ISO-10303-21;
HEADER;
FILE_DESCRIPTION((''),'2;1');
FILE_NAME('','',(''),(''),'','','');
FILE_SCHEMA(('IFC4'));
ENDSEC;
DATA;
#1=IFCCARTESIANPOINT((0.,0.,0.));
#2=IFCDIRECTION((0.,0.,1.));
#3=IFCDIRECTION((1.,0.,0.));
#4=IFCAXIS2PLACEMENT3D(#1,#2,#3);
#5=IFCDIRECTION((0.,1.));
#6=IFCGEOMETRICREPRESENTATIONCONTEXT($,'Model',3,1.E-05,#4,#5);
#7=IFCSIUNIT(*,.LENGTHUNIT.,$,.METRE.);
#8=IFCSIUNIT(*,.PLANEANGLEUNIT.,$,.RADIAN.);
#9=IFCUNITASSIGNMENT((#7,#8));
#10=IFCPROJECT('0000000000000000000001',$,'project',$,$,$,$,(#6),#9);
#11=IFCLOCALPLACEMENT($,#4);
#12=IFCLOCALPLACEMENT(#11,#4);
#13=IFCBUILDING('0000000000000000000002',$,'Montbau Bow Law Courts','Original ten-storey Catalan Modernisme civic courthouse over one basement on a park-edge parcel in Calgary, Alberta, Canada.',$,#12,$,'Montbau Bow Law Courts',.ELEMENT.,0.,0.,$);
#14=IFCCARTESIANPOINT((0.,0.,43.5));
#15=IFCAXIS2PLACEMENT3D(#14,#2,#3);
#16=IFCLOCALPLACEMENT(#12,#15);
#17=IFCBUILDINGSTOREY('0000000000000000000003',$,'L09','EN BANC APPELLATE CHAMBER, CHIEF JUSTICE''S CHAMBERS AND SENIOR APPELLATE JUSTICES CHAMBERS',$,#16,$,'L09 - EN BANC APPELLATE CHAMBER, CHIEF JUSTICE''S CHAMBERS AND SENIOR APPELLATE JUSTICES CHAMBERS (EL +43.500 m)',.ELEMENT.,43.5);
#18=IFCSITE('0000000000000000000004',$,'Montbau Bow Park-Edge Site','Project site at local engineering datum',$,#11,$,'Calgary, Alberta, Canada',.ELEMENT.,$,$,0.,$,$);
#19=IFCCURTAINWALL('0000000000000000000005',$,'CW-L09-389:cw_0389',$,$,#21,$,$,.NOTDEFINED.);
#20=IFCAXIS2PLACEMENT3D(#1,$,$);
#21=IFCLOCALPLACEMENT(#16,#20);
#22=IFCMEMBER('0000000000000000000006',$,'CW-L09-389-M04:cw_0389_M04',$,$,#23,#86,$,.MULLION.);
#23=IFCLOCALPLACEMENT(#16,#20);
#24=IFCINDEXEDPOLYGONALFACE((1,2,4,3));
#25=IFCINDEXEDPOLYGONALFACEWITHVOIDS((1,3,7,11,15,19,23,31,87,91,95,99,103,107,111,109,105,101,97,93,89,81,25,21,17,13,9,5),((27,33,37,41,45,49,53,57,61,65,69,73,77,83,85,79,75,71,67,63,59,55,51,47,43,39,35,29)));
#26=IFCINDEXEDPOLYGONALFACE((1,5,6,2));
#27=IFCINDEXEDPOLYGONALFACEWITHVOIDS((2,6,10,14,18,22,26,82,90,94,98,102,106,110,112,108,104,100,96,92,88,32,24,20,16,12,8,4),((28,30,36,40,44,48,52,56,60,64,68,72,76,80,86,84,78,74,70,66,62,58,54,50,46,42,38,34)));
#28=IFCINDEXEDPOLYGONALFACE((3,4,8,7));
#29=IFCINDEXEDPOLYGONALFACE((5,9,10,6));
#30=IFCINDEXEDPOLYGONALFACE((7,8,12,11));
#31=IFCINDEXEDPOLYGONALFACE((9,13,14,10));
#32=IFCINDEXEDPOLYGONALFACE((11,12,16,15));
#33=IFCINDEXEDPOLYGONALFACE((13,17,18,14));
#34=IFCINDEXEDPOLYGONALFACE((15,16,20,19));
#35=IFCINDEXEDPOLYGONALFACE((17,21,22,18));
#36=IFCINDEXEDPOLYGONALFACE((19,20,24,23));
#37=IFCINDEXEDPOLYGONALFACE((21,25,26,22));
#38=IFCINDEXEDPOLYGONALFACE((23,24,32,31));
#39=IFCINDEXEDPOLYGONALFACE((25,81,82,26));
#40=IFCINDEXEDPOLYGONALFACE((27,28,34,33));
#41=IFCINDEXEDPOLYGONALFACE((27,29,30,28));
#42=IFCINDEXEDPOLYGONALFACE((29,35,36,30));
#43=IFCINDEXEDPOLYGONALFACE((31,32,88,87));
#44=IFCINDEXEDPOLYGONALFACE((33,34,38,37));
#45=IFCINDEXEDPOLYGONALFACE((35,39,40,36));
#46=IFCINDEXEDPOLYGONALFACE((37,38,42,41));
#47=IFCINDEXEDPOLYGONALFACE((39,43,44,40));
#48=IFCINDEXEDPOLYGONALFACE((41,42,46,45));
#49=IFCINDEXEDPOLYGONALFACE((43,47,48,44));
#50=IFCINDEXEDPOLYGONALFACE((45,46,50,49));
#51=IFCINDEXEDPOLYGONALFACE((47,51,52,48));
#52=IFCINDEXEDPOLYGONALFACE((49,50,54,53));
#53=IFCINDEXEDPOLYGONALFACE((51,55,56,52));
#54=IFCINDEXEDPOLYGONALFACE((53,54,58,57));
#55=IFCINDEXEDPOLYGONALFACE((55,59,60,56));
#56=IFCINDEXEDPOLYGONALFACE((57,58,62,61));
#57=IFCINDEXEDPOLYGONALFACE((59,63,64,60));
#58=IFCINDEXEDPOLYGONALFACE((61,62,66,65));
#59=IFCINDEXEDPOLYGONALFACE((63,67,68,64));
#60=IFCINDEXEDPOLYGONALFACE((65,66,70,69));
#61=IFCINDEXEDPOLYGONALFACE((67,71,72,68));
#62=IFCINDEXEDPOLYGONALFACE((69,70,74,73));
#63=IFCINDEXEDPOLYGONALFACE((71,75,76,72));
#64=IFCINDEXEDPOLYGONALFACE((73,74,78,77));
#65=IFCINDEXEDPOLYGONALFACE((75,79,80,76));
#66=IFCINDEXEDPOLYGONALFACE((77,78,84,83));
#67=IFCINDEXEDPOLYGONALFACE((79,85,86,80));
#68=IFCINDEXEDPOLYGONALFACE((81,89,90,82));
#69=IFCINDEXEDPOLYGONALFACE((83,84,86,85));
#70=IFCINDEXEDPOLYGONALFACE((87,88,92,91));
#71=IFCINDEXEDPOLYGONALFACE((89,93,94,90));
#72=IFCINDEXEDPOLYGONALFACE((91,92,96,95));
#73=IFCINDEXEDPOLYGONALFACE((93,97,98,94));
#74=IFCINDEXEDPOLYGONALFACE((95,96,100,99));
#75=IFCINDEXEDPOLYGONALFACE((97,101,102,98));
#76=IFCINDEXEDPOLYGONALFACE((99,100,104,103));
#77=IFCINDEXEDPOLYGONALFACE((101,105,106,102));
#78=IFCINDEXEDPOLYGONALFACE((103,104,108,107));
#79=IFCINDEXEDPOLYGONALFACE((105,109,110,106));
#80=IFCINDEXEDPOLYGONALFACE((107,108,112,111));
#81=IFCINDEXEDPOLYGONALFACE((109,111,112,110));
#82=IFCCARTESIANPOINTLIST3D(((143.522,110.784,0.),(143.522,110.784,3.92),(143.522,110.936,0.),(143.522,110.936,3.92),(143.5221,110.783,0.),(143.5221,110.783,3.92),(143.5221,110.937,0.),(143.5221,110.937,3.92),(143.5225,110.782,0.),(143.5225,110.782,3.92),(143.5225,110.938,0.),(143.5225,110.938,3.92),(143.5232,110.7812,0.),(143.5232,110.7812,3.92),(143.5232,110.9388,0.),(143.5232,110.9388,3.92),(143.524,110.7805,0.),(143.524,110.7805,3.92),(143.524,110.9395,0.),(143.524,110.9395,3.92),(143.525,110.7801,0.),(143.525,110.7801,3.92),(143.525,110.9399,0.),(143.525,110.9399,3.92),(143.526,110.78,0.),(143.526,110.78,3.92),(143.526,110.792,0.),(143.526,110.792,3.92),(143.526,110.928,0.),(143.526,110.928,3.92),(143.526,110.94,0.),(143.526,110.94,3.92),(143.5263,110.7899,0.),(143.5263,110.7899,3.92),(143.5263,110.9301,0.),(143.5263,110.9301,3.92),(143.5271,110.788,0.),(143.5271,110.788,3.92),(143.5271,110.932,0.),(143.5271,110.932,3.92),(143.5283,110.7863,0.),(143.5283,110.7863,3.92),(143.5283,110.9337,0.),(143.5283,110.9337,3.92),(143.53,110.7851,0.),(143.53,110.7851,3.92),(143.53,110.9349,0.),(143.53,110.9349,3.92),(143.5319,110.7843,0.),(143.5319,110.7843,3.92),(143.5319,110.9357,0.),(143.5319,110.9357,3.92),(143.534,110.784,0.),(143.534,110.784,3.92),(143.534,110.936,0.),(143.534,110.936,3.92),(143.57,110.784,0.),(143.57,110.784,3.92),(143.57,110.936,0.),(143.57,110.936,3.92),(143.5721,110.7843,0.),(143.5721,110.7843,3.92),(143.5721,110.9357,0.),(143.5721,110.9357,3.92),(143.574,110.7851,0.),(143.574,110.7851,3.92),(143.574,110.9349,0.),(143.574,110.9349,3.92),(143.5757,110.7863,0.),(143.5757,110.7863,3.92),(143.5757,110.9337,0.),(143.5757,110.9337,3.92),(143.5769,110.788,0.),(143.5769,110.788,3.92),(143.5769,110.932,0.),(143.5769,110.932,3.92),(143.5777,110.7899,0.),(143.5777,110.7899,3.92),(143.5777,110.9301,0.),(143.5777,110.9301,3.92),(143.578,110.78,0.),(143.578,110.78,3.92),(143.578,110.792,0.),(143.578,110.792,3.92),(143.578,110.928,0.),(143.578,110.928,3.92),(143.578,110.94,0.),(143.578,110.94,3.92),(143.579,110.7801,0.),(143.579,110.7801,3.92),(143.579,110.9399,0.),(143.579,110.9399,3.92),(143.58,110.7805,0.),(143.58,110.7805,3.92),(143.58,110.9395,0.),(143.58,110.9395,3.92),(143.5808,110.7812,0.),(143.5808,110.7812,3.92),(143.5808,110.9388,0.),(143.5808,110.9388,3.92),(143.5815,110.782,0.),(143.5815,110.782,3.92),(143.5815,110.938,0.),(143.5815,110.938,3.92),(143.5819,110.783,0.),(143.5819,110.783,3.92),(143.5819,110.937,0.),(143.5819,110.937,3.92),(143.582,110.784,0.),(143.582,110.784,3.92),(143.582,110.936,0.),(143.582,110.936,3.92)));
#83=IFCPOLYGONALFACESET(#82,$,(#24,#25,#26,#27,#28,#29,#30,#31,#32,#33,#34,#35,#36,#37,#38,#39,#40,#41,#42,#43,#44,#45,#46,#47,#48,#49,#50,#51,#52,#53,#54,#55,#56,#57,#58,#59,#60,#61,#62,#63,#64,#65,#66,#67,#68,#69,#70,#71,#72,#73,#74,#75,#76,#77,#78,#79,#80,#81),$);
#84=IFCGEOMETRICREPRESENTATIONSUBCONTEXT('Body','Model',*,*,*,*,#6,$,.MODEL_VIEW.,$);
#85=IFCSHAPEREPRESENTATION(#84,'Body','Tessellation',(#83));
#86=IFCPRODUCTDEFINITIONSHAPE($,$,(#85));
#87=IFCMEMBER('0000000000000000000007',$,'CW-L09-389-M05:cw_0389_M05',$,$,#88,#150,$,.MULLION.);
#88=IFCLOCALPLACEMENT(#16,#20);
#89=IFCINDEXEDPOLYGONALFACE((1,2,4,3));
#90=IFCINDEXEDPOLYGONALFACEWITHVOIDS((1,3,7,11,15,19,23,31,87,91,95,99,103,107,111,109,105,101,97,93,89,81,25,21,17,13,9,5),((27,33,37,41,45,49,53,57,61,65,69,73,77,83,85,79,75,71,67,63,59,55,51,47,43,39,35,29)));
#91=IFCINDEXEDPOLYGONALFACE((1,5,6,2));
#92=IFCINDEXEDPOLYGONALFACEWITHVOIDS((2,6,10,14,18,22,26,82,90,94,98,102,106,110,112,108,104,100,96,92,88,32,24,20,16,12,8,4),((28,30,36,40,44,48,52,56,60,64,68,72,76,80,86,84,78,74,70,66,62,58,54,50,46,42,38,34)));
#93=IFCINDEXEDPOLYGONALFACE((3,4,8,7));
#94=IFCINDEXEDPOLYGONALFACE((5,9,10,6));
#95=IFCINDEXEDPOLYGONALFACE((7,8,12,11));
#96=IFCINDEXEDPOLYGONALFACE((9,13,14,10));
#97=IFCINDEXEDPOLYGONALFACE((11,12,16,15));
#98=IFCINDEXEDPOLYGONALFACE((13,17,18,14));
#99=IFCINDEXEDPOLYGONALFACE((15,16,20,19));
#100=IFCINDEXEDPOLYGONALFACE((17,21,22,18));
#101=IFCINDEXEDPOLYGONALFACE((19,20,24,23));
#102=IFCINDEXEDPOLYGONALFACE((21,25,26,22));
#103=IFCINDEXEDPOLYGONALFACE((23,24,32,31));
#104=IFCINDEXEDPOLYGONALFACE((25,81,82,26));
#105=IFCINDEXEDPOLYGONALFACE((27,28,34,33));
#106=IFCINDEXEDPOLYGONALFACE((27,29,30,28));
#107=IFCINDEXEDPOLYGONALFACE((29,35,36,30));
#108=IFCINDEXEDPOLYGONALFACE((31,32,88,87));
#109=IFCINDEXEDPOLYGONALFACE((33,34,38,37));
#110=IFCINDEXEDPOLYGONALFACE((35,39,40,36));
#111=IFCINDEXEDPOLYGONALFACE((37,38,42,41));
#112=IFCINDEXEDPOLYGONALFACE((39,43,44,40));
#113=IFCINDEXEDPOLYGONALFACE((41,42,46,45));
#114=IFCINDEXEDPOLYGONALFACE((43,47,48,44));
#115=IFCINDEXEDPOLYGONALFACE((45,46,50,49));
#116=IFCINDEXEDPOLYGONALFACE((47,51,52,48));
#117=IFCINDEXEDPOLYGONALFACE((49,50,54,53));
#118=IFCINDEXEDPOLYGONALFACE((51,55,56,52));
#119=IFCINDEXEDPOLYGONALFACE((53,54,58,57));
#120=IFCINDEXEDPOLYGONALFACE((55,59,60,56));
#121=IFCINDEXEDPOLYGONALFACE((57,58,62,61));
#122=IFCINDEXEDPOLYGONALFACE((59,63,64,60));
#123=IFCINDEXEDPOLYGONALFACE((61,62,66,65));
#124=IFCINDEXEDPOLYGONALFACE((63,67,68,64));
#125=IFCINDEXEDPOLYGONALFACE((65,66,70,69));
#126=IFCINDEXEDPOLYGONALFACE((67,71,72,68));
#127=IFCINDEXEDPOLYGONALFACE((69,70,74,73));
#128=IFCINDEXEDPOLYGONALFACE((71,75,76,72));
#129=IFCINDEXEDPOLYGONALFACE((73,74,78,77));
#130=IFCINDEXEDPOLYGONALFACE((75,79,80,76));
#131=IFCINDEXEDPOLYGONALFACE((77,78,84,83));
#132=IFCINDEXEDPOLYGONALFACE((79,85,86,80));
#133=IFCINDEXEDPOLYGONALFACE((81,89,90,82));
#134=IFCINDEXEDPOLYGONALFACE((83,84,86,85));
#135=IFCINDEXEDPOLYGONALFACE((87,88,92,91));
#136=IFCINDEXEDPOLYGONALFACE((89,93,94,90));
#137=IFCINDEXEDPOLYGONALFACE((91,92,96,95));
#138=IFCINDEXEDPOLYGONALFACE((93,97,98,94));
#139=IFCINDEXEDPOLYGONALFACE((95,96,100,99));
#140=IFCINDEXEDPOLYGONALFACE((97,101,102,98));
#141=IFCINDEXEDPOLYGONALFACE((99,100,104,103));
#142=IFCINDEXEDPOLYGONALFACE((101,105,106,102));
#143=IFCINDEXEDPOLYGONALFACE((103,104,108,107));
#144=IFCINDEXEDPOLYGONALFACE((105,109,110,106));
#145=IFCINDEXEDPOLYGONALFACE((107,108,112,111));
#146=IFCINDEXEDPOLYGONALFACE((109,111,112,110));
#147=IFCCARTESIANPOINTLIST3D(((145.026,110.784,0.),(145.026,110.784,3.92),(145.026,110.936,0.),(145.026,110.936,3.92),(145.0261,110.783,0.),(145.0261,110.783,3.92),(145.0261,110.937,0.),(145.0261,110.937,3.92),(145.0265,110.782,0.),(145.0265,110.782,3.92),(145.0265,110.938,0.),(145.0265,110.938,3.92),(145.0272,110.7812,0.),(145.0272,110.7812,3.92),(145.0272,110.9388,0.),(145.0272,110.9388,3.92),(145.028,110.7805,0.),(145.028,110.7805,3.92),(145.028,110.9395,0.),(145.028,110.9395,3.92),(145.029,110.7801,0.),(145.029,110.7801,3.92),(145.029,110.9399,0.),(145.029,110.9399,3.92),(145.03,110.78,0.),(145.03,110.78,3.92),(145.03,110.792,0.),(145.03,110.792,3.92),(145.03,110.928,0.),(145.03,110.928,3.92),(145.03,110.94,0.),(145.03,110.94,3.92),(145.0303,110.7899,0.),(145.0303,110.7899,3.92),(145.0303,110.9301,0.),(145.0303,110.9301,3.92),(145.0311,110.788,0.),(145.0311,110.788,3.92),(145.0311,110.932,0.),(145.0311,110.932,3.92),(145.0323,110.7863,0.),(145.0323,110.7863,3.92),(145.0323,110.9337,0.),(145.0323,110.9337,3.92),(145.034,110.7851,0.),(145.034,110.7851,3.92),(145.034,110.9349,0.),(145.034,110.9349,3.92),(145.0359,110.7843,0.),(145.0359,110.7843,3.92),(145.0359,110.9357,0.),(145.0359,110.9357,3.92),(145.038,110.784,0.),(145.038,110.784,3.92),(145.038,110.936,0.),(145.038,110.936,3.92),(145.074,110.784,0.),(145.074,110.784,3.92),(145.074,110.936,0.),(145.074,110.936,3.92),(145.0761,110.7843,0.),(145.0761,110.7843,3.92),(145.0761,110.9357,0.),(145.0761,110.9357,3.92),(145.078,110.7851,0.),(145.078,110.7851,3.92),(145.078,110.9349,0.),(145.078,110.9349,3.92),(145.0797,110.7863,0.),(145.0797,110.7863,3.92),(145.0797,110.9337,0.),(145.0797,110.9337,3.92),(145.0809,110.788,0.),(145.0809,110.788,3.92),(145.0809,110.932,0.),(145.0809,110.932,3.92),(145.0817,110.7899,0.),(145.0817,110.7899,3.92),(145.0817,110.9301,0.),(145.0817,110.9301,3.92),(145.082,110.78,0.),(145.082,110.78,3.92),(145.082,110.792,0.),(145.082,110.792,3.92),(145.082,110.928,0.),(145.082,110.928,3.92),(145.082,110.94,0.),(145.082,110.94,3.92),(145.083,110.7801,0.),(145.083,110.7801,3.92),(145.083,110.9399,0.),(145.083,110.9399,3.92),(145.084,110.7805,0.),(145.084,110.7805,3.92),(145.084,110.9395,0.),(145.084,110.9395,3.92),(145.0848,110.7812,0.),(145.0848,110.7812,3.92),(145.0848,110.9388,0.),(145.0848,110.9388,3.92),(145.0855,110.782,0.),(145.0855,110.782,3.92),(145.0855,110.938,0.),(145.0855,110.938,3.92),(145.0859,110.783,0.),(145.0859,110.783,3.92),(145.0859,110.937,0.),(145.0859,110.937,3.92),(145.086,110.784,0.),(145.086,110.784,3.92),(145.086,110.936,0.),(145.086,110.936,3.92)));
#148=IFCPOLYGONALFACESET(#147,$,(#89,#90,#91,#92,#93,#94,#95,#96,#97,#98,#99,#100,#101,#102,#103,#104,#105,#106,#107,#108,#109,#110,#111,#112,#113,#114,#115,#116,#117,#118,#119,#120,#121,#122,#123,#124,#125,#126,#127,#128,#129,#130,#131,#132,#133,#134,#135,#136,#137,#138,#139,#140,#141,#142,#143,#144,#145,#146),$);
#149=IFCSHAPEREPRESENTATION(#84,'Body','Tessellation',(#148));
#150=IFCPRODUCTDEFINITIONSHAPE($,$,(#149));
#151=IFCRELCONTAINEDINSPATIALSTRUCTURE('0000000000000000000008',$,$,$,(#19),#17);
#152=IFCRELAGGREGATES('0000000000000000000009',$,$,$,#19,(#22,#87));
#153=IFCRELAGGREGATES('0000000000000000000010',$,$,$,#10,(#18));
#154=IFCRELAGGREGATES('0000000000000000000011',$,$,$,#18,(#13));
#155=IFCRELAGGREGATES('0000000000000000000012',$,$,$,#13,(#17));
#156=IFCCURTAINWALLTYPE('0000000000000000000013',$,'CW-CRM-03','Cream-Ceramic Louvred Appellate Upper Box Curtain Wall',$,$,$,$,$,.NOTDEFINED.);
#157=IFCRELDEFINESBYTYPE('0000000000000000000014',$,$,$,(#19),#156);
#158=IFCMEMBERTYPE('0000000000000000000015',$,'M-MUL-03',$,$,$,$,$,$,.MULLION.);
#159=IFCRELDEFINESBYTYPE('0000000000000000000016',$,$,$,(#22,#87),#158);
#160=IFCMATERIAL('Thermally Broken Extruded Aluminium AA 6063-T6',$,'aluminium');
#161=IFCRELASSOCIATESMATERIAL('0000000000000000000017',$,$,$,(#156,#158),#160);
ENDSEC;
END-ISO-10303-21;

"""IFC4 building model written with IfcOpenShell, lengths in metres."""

from ifc_helpers import new_model, si_unit, direction, frame, origin_with_axes, origin_2d_with_axis, place, context, subcontext, project, spatial, hollow_rectangle, extrude, material, material_profile, profile_set, type_object, element, aggregate, save


model = new_model("IFC4")

# Units and contexts
model_context = context("Model", 3, precision=1e-05, world=origin_with_axes(), true_north=direction((0.0, 1.0)))
body_context = subcontext(model_context, "Body", "Model", "MODEL_VIEW")
ifc_project = project(units=[si_unit("LENGTHUNIT", "METRE"), si_unit("PLANEANGLEUNIT", "RADIAN")], contexts=[model_context])

# Site, building, storey
site_placement = place(None, origin_with_axes())
site = spatial("IfcSite", under=ifc_project, at=site_placement, Name="Montbau Bow Park-Edge Site", Description="Project site at local engineering datum", LongName="Calgary, Alberta, Canada", CompositionType="ELEMENT", RefElevation=0.0)
building_placement = place(site_placement, origin_with_axes())
building = spatial("IfcBuilding", under=site, at=building_placement, Name="Montbau Bow Law Courts", Description="Original ten-storey Catalan Modernisme civic courthouse over one basement on a park-edge parcel in Calgary, Alberta, Canada.", LongName="Montbau Bow Law Courts", CompositionType="ELEMENT", ElevationOfRefHeight=0.0, ElevationOfTerrain=0.0)
storey_placement = place(building_placement, frame((0.0, 0.0, 43.5), z_axis=(0.0, 0.0, 1.0), x_axis=(1.0, 0.0, 0.0)))
storey = spatial("IfcBuildingStorey", under=building, at=storey_placement, Name="L09", Description="EN BANC APPELLATE CHAMBER, CHIEF JUSTICE'S CHAMBERS AND SENIOR APPELLATE JUSTICES CHAMBERS", LongName="L09 - EN BANC APPELLATE CHAMBER, CHIEF JUSTICE'S CHAMBERS AND SENIOR APPELLATE JUSTICES CHAMBERS (EL +43.500 m)", CompositionType="ELEMENT", Elevation=43.5)

# Curtain wall, members
ifc_material_1 = material(Name="Thermally Broken Extruded Aluminium AA 6063-T6", Category="aluminium")
curtain_wall_type = type_object("IfcCurtainWallType", Name="CW-CRM-03", Description="Cream-Ceramic Louvred Appellate Upper Box Curtain Wall", PredefinedType="NOTDEFINED", material=ifc_material_1)
curtain_wall_placement = place(None, frame((139.04, 110.86, 43.5), z_axis=(0.0, 0.0, 1.0), x_axis=(1.0, 0.0, 0.0)))
curtain_wall = element("IfcCurtainWall", 1, at=curtain_wall_placement, inside=storey, type_object=curtain_wall_type, Name="CW-L09-389:cw_0389", PredefinedType="NOTDEFINED")
ifc_material_profile_1 = material_profile(ifc_material_1, hollow_rectangle(XDim=0.06, YDim=0.16, WallThickness=0.004, InnerFilletRadius=0.008, OuterFilletRadius=0.004, at=origin_2d_with_axis()), Name="CWM-160X60", Category="Main", Priority=0)
ifc_profile_set_1 = profile_set([ifc_material_profile_1], Name="Thermally Broken Extruded Aluminium AA 6063-T6")
member_type_1 = type_object("IfcMemberType", Name="M-MUL-03", PredefinedType="MULLION", material=ifc_profile_set_1)
member_1_placement = place(None, frame((143.552, 110.86, 43.5), z_axis=(0.0, 0.0, 1.0), x_axis=(1.0, 0.0, 0.0)))
member_1 = element("IfcMember", 2, at=member_1_placement, type_object=member_type_1, Name="CW-L09-389-M04:cw_0389_M04", PredefinedType="MULLION", context=body_context, shape_type="SweptSolid", body=[
    extrude(hollow_rectangle(XDim=0.06, YDim=0.16, WallThickness=0.004, InnerFilletRadius=0.008, OuterFilletRadius=0.004, at=origin_2d_with_axis()), origin_with_axes(), (0.0, 0.0, 1.0), 3.92),
])
member_2_placement = place(None, frame((145.056, 110.86, 43.5), z_axis=(0.0, 0.0, 1.0), x_axis=(1.0, 0.0, 0.0)))
member_2 = element("IfcMember", 3, at=member_2_placement, type_object=member_type_1, Name="CW-L09-389-M05:cw_0389_M05", PredefinedType="MULLION", context=body_context, shape_type="SweptSolid", body=[
    extrude(hollow_rectangle(XDim=0.06, YDim=0.16, WallThickness=0.004, InnerFilletRadius=0.008, OuterFilletRadius=0.004, at=origin_2d_with_axis()), origin_with_axes(), (0.0, 0.0, 1.0), 3.92),
])
aggregate(curtain_wall, [member_1, member_2])

save(model, "model.ifc")
